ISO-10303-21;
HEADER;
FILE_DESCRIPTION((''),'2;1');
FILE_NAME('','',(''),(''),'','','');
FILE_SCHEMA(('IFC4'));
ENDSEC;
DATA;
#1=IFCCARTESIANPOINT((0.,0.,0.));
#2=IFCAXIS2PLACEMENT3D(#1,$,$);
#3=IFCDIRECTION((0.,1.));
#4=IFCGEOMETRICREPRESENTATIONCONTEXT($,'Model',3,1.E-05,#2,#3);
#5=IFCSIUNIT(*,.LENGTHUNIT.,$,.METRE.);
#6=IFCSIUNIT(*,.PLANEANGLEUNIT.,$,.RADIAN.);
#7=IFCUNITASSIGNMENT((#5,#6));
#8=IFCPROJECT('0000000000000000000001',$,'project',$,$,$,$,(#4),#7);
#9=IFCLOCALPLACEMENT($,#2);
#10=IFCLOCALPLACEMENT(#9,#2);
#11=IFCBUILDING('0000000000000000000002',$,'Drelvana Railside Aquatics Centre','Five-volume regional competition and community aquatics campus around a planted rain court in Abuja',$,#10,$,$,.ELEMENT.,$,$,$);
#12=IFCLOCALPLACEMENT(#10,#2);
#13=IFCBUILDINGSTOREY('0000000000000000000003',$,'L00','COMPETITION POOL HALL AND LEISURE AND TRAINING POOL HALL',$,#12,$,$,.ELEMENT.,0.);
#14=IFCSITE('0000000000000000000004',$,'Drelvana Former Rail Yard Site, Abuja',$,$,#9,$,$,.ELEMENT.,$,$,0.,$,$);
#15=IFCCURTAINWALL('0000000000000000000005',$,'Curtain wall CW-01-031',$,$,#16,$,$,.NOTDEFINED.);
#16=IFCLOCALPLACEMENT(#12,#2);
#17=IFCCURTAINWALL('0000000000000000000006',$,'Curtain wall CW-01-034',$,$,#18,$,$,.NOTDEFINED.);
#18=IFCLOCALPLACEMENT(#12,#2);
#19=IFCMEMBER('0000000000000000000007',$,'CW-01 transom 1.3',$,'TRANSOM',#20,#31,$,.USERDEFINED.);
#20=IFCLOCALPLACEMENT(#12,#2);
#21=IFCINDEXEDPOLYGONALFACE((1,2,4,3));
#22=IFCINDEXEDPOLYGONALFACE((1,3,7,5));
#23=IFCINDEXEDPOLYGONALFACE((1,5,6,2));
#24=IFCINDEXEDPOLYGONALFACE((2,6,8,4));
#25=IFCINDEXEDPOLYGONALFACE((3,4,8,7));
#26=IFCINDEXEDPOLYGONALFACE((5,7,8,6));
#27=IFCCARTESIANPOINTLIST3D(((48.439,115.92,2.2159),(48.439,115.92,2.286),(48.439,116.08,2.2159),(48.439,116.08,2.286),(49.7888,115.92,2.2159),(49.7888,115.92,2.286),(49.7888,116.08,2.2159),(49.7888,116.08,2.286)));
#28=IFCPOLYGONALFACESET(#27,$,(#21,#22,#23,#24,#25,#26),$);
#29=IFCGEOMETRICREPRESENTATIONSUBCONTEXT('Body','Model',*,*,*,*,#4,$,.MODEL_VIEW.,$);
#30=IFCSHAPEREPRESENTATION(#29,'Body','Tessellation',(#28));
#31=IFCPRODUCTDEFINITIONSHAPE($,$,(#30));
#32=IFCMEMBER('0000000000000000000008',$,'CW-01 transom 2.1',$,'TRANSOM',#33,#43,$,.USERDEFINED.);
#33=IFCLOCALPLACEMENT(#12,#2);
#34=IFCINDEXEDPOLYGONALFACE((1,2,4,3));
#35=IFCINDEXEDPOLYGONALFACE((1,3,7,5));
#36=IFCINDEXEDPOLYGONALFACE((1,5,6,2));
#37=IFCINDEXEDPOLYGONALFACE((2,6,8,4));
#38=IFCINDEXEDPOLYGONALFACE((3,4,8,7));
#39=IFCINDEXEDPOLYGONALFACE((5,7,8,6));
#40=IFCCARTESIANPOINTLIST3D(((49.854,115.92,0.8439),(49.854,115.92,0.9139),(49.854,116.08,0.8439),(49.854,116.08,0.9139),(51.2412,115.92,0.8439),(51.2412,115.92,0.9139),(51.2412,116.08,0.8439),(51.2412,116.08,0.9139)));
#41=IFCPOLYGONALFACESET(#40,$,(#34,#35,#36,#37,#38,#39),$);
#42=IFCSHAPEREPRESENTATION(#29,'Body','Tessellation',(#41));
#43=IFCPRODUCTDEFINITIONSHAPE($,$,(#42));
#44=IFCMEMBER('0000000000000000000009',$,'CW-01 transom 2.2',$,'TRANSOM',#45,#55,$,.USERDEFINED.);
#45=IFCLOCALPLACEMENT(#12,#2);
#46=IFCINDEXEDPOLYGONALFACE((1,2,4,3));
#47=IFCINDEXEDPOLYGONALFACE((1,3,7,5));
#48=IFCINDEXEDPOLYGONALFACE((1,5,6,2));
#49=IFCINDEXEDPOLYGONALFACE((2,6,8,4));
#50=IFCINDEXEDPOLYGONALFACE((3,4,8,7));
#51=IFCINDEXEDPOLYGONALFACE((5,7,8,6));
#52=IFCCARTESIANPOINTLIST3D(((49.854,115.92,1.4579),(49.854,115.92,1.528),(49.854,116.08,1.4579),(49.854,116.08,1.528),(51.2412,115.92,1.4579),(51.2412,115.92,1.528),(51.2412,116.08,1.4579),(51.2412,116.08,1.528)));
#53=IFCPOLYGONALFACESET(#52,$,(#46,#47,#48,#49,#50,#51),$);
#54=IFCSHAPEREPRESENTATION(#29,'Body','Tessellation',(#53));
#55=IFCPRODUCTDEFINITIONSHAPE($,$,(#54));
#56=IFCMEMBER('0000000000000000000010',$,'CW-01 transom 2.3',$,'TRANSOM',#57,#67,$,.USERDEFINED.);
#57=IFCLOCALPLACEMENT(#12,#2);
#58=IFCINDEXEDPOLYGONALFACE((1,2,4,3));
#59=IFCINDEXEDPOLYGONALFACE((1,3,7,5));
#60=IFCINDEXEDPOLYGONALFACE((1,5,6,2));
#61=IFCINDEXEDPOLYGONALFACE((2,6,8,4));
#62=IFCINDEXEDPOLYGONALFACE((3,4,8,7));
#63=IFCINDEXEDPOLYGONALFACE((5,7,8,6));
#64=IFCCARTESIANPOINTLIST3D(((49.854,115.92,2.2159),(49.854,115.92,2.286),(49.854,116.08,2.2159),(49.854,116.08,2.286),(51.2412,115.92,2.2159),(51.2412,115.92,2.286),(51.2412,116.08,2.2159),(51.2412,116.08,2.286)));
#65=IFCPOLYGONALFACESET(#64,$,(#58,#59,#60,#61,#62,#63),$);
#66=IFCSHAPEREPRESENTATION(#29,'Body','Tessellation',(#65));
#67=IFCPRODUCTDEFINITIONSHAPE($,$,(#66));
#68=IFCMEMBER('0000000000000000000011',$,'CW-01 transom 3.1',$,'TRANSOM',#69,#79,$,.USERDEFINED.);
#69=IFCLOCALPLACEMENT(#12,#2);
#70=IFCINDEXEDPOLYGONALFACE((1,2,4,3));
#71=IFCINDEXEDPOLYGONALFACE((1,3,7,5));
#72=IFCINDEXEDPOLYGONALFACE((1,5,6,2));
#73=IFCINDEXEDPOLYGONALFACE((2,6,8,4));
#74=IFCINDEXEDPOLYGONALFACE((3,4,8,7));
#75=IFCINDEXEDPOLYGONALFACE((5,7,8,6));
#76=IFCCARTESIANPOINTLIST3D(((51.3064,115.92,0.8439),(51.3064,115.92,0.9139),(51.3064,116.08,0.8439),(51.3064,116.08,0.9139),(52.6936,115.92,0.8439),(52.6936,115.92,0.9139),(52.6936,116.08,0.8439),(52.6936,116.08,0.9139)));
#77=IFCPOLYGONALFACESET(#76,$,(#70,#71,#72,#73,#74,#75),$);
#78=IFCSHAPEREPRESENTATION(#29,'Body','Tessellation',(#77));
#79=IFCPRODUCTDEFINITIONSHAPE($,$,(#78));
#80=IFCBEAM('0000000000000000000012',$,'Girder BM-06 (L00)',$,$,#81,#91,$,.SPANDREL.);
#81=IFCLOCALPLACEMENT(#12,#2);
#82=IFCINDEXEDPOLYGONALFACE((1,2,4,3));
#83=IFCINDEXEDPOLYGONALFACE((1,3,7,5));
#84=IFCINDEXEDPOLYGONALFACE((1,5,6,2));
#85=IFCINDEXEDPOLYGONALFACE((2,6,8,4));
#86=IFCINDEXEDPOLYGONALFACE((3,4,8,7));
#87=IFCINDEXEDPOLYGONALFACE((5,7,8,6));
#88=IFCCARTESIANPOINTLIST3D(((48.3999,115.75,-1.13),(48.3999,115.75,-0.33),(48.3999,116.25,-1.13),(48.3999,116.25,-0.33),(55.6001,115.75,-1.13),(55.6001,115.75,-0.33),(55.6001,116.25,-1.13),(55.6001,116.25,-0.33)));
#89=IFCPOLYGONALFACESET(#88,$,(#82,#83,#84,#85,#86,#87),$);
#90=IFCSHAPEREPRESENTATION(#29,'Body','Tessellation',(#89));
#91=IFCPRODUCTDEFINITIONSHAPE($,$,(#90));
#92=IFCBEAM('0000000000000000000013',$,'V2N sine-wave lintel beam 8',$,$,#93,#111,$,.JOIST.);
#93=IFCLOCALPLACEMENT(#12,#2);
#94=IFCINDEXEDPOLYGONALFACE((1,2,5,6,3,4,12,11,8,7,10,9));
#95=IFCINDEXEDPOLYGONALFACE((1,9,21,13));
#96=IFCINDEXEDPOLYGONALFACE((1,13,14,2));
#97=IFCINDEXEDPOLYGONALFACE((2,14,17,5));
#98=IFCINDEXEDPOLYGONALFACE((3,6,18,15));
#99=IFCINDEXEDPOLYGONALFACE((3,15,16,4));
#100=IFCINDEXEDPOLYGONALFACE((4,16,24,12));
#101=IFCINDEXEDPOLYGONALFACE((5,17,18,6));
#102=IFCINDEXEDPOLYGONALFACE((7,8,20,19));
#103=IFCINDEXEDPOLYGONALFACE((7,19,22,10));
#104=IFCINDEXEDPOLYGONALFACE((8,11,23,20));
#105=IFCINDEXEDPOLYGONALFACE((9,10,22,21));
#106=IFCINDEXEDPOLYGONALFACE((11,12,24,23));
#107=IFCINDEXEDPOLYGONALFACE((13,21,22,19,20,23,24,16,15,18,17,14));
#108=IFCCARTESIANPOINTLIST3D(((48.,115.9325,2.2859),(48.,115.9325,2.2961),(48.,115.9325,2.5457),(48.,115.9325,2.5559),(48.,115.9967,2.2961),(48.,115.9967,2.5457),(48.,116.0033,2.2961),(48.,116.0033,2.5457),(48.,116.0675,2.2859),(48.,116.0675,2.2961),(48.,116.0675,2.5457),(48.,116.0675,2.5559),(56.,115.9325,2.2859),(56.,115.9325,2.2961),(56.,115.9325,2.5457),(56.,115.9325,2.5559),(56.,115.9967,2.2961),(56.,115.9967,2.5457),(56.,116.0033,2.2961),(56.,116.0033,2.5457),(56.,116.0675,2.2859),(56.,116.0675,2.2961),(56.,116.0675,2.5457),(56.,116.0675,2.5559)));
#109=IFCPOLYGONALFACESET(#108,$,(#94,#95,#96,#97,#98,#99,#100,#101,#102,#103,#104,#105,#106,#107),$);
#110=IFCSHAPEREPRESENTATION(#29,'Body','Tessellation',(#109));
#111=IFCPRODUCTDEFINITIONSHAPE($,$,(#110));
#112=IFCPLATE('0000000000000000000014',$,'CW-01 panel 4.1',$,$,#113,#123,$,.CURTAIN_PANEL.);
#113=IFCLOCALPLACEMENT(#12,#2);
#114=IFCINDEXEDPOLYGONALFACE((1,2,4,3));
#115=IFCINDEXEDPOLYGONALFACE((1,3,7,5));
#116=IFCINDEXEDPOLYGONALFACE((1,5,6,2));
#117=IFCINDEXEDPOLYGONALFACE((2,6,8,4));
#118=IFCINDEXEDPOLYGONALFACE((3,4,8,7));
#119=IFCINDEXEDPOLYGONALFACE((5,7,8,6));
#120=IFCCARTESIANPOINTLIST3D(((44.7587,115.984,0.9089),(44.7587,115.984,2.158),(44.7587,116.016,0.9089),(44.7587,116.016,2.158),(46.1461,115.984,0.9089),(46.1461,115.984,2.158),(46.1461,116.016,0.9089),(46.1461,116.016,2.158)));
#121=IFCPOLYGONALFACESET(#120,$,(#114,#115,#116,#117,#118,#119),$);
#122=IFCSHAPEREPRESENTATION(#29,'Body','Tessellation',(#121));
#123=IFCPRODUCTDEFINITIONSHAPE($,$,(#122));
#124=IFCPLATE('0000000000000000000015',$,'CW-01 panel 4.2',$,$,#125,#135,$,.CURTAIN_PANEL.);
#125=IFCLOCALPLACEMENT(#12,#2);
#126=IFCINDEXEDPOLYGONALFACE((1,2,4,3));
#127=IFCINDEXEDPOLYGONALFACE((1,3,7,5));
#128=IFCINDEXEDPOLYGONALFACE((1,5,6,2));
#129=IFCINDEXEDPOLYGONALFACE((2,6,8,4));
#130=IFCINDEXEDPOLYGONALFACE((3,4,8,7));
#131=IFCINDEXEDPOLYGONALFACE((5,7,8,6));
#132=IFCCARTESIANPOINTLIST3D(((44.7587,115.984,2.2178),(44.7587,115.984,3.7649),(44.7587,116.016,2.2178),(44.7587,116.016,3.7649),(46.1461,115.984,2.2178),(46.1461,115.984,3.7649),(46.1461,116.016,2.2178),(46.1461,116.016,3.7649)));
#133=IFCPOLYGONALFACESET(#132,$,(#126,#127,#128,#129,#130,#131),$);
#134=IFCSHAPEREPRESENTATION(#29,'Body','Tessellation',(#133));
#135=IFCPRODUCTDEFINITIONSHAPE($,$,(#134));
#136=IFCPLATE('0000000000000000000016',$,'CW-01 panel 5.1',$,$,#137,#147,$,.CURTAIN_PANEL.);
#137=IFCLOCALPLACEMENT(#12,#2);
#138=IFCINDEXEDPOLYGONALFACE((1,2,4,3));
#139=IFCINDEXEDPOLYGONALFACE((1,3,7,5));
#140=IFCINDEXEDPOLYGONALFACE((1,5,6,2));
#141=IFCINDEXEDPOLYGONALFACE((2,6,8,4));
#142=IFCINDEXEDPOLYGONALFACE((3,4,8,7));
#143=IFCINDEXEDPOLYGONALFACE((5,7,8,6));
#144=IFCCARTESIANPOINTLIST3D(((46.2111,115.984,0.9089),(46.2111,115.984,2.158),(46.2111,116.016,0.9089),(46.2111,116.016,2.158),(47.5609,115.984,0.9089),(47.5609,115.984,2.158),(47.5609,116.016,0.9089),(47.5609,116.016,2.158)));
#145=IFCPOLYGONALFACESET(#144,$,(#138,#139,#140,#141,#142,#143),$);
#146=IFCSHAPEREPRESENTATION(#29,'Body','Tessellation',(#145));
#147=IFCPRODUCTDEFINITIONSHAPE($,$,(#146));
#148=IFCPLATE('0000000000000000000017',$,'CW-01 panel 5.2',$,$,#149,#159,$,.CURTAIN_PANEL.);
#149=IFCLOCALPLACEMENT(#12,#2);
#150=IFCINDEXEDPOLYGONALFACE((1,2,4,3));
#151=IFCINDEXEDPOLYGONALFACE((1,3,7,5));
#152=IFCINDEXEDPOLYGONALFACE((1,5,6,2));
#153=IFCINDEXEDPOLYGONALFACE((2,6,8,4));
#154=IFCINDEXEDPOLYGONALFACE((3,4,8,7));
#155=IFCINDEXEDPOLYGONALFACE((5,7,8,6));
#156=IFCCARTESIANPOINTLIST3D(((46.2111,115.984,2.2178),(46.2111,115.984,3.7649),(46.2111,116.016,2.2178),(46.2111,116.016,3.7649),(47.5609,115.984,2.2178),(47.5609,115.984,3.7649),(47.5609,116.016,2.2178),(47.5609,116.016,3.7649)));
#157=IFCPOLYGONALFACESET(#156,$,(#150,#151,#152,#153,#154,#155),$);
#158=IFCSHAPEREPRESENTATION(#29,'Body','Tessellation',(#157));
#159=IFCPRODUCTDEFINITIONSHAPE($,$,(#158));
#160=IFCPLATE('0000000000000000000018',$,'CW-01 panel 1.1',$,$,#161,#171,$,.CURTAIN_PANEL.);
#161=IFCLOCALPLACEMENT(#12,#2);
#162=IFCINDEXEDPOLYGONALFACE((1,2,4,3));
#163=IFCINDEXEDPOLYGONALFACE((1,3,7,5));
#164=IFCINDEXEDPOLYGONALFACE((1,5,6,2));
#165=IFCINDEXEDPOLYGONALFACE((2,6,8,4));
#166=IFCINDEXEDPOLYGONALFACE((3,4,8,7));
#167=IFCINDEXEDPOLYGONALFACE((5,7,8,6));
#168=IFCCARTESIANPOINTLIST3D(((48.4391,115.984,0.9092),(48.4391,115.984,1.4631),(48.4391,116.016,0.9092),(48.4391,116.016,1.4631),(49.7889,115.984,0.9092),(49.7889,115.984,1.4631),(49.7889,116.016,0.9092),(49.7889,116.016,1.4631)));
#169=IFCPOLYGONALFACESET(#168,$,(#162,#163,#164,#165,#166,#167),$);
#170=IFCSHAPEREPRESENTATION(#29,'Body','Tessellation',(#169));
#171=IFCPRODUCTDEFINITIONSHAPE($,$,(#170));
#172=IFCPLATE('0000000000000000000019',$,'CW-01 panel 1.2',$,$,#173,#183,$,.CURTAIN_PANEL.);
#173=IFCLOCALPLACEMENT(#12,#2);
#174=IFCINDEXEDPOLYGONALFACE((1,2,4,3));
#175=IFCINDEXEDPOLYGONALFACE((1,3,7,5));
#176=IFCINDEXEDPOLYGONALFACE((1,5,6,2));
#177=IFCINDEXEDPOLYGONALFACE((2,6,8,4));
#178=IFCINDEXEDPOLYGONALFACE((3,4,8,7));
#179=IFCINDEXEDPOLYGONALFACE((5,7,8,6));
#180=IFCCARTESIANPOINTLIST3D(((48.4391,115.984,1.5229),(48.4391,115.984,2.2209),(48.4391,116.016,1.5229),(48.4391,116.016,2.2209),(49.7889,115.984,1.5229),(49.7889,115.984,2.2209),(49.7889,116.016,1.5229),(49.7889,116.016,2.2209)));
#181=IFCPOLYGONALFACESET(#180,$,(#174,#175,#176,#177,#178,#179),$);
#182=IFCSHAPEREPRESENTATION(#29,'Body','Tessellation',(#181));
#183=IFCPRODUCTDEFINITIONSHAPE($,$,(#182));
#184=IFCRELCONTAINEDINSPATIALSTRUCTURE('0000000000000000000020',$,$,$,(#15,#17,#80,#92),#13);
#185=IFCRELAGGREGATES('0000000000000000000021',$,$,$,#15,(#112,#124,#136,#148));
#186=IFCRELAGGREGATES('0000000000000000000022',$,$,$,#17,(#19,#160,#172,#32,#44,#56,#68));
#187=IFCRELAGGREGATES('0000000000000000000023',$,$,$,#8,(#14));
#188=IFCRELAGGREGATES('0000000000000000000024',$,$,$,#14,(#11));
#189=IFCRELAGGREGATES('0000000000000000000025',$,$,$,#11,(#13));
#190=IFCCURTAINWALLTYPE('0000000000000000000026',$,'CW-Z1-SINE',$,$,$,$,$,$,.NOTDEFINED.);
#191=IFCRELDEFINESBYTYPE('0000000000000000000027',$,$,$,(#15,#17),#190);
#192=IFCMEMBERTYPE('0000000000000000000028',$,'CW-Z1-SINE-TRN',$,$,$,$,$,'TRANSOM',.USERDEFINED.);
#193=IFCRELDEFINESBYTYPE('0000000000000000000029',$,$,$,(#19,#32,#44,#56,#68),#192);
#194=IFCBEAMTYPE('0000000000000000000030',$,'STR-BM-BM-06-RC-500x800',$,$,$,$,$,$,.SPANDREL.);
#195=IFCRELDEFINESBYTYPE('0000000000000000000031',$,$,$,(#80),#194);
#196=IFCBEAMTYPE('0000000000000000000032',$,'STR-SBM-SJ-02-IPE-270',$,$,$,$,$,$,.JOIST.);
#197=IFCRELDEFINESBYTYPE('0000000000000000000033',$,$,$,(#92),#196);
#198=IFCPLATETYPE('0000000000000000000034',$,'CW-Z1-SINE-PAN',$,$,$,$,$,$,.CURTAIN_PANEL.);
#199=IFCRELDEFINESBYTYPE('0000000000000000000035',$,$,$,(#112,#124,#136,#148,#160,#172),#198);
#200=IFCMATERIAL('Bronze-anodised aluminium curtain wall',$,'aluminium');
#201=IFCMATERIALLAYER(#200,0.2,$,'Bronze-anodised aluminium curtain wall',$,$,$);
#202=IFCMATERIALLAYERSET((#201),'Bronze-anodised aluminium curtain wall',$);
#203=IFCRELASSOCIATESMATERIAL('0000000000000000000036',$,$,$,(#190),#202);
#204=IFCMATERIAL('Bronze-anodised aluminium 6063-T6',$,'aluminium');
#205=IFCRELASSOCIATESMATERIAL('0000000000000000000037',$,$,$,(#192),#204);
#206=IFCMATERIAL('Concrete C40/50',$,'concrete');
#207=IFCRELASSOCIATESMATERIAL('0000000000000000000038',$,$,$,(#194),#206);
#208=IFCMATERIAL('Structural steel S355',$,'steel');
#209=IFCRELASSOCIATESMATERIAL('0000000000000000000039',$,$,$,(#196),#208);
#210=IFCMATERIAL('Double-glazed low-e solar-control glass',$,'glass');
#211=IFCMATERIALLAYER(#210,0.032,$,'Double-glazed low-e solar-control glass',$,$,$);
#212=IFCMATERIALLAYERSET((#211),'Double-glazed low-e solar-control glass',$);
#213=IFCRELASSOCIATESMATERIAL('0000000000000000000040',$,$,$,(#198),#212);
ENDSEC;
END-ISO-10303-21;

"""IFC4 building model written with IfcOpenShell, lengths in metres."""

from ifc_helpers import new_model, si_unit, direction, frame, origin, origin_2d, place, context, subcontext, project, spatial, rectangle, i_section, extrude, material, layer, layer_set, material_profile, profile_set, type_object, element, aggregate, save


model = new_model("IFC4")

# Units and contexts
model_context = context("Model", 3, precision=1e-05, world=origin(), true_north=direction((0.0, 1.0)))
body_context = subcontext(model_context, "Body", "Model", "MODEL_VIEW")
ifc_project = project(units=[si_unit("LENGTHUNIT", "METRE"), si_unit("PLANEANGLEUNIT", "RADIAN")], contexts=[model_context])

# Site, building, storey
site_placement = place(None, origin())
site = spatial("IfcSite", under=ifc_project, at=site_placement, Name="Drelvana Former Rail Yard Site, Abuja", CompositionType="ELEMENT", RefElevation=0.0)
building_placement = place(site_placement, origin())
building = spatial("IfcBuilding", under=site, at=building_placement, Name="Drelvana Railside Aquatics Centre", Description="Five-volume regional competition and community aquatics campus around a planted rain court in Abuja", CompositionType="ELEMENT")
storey_placement = place(building_placement, origin())
storey = spatial("IfcBuildingStorey", under=building, at=storey_placement, Name="L00", Description="COMPETITION POOL HALL AND LEISURE AND TRAINING POOL HALL", CompositionType="ELEMENT", Elevation=0.0)

# Shared definitions
ifc_material_1 = material(Name="Concrete C40/50", Category="concrete")

# Curtain walls
ifc_material_2 = material(Name="Bronze-anodised aluminium curtain wall", Category="aluminium")
ifc_layer_1 = layer(ifc_material_2, 0.2, Name="Bronze-anodised aluminium curtain wall")
ifc_layer_set_1 = layer_set([ifc_layer_1], Name="Bronze-anodised aluminium curtain wall")
curtain_wall_type = type_object("IfcCurtainWallType", Name="CW-Z1-SINE", PredefinedType="NOTDEFINED", material=ifc_layer_set_1)
curtain_wall_1_placement = place(storey_placement, origin())
curtain_wall_1 = element("IfcCurtainWall", 1, at=curtain_wall_1_placement, inside=storey, type_object=curtain_wall_type, Name="Curtain wall CW-01-031", PredefinedType="NOTDEFINED")
ifc_material_3 = material(Name="Bronze-anodised aluminium 6063-T6", Category="aluminium")
curtain_wall_2_placement = place(storey_placement, origin())
curtain_wall_2 = element("IfcCurtainWall", 2, at=curtain_wall_2_placement, inside=storey, type_object=curtain_wall_type, Name="Curtain wall CW-01-034", PredefinedType="NOTDEFINED")

# Members
ifc_material_profile_1 = material_profile(ifc_material_3, rectangle(XDim=0.1599, YDim=0.0701, at=origin_2d()), Name="ALU-T 70x160")
ifc_profile_set_1 = profile_set([ifc_material_profile_1], Name="Bronze-anodised aluminium 6063-T6")
member_type_1 = type_object("IfcMemberType", Name="CW-Z1-SINE-TRN", ElementType="TRANSOM", PredefinedType="USERDEFINED", material=ifc_profile_set_1)
member_1_placement = place(storey_placement, frame((48.439, 116.0, 2.251), z_axis=(1.0, 0.0, 0.0), x_axis=(0.0, 1.0, 0.0)))
member_1 = element("IfcMember", 3, at=member_1_placement, type_object=member_type_1, Name="CW-01 transom 1.3", ObjectType="TRANSOM", PredefinedType="USERDEFINED", context=body_context, shape_type="SweptSolid", body=[
    extrude(rectangle(XDim=0.1599, YDim=0.0701, at=origin_2d()), origin(), (0.0, 0.0, 1.0), 1.3499),
])
member_2_placement = place(storey_placement, frame((49.854, 116.0, 0.8789), z_axis=(1.0, 0.0, 0.0), x_axis=(0.0, 1.0, 0.0)))
member_2 = element("IfcMember", 4, at=member_2_placement, type_object=member_type_1, Name="CW-01 transom 2.1", ObjectType="TRANSOM", PredefinedType="USERDEFINED", context=body_context, shape_type="SweptSolid", body=[
    extrude(rectangle(XDim=0.1599, YDim=0.0701, at=origin_2d()), origin(), (0.0, 0.0, 1.0), 1.3872),
])
member_3_placement = place(storey_placement, frame((49.854, 116.0, 1.4929), z_axis=(1.0, 0.0, 0.0), x_axis=(0.0, 1.0, 0.0)))
member_3 = element("IfcMember", 5, at=member_3_placement, type_object=member_type_1, Name="CW-01 transom 2.2", ObjectType="TRANSOM", PredefinedType="USERDEFINED", context=body_context, shape_type="SweptSolid", body=[
    extrude(rectangle(XDim=0.1599, YDim=0.0701, at=origin_2d()), origin(), (0.0, 0.0, 1.0), 1.3872),
])
member_4_placement = place(storey_placement, frame((49.854, 116.0, 2.251), z_axis=(1.0, 0.0, 0.0), x_axis=(0.0, 1.0, 0.0)))
member_4 = element("IfcMember", 6, at=member_4_placement, type_object=member_type_1, Name="CW-01 transom 2.3", ObjectType="TRANSOM", PredefinedType="USERDEFINED", context=body_context, shape_type="SweptSolid", body=[
    extrude(rectangle(XDim=0.1599, YDim=0.0701, at=origin_2d()), origin(), (0.0, 0.0, 1.0), 1.3872),
])
member_5_placement = place(storey_placement, frame((51.3064, 116.0, 0.8789), z_axis=(1.0, 0.0, 0.0), x_axis=(0.0, 1.0, 0.0)))
member_5 = element("IfcMember", 7, at=member_5_placement, type_object=member_type_1, Name="CW-01 transom 3.1", ObjectType="TRANSOM", PredefinedType="USERDEFINED", context=body_context, shape_type="SweptSolid", body=[
    extrude(rectangle(XDim=0.1599, YDim=0.0701, at=origin_2d()), origin(), (0.0, 0.0, 1.0), 1.3872),
])

# Beams
ifc_material_profile_2 = material_profile(ifc_material_1, rectangle(XDim=0.5, YDim=0.8, at=origin_2d()), Name="RC 500x800")
ifc_profile_set_2 = profile_set([ifc_material_profile_2], Name="Concrete C40/50")
beam_type_1 = type_object("IfcBeamType", Name="STR-BM-BM-06-RC-500x800", PredefinedType="SPANDREL", material=ifc_profile_set_2)
beam_1_placement = place(storey_placement, frame((48.3999, 116.0, -0.73), z_axis=(1.0, 0.0, 0.0), x_axis=(0.0, 1.0, 0.0)))
element("IfcBeam", 8, at=beam_1_placement, inside=storey, type_object=beam_type_1, Name="Girder BM-06 (L00)", PredefinedType="SPANDREL", context=body_context, shape_type="SweptSolid", body=[
    extrude(rectangle(XDim=0.5, YDim=0.8, at=origin_2d()), origin(), (0.0, 0.0, 1.0), 7.2002),
])
ifc_material_4 = material(Name="Structural steel S355", Category="steel")
ifc_material_profile_3 = material_profile(ifc_material_4, i_section(OverallWidth=0.135, OverallDepth=0.27, WebThickness=0.0066, FlangeThickness=0.0103, at=origin_2d()), Name="IPE 270")
ifc_profile_set_3 = profile_set([ifc_material_profile_3], Name="Structural steel S355")
beam_type_2 = type_object("IfcBeamType", Name="STR-SBM-SJ-02-IPE-270", PredefinedType="JOIST", material=ifc_profile_set_3)
beam_2_placement = place(storey_placement, frame((48.0, 116.0, 2.4209), z_axis=(1.0, 0.0, 0.0), x_axis=(0.0, 1.0, 0.0)))
element("IfcBeam", 9, at=beam_2_placement, inside=storey, type_object=beam_type_2, Name="V2N sine-wave lintel beam 8", PredefinedType="JOIST", context=body_context, shape_type="SweptSolid", body=[
    extrude(i_section(OverallWidth=0.135, OverallDepth=0.27, WebThickness=0.0066, FlangeThickness=0.0103, at=origin_2d()), origin(), (0.0, 0.0, 1.0), 8.0),
])

# Plates
ifc_material_5 = material(Name="Double-glazed low-e solar-control glass", Category="glass")
ifc_layer_2 = layer(ifc_material_5, 0.032, Name="Double-glazed low-e solar-control glass")
ifc_layer_set_2 = layer_set([ifc_layer_2], Name="Double-glazed low-e solar-control glass")
plate_type = type_object("IfcPlateType", Name="CW-Z1-SINE-PAN", PredefinedType="CURTAIN_PANEL", material=ifc_layer_set_2)
plate_1_placement = place(storey_placement, frame((45.4524, 116.0, 0.9089), z_axis=(0.0, 0.0, 1.0), x_axis=(1.0, 0.0, 0.0)))
plate_1 = element("IfcPlate", 10, at=plate_1_placement, type_object=plate_type, Name="CW-01 panel 4.1", PredefinedType="CURTAIN_PANEL", context=body_context, shape_type="SweptSolid", body=[
    extrude(rectangle(XDim=1.3875, YDim=0.032, at=origin_2d()), origin(), (0.0, 0.0, 1.0), 1.249),
])
plate_2_placement = place(storey_placement, frame((45.4524, 116.0, 2.2178), z_axis=(0.0, 0.0, 1.0), x_axis=(1.0, 0.0, 0.0)))
plate_2 = element("IfcPlate", 11, at=plate_2_placement, type_object=plate_type, Name="CW-01 panel 4.2", PredefinedType="CURTAIN_PANEL", context=body_context, shape_type="SweptSolid", body=[
    extrude(rectangle(XDim=1.3875, YDim=0.032, at=origin_2d()), origin(), (0.0, 0.0, 1.0), 1.5471),
])
plate_3_placement = place(storey_placement, frame((46.886, 116.0, 0.9089), z_axis=(0.0, 0.0, 1.0), x_axis=(1.0, 0.0, 0.0)))
plate_3 = element("IfcPlate", 12, at=plate_3_placement, type_object=plate_type, Name="CW-01 panel 5.1", PredefinedType="CURTAIN_PANEL", context=body_context, shape_type="SweptSolid", body=[
    extrude(rectangle(XDim=1.3499, YDim=0.032, at=origin_2d()), origin(), (0.0, 0.0, 1.0), 1.249),
])
plate_4_placement = place(storey_placement, frame((46.886, 116.0, 2.2178), z_axis=(0.0, 0.0, 1.0), x_axis=(1.0, 0.0, 0.0)))
plate_4 = element("IfcPlate", 13, at=plate_4_placement, type_object=plate_type, Name="CW-01 panel 5.2", PredefinedType="CURTAIN_PANEL", context=body_context, shape_type="SweptSolid", body=[
    extrude(rectangle(XDim=1.3499, YDim=0.032, at=origin_2d()), origin(), (0.0, 0.0, 1.0), 1.5471),
])
aggregate(curtain_wall_1, [plate_1, plate_2, plate_3, plate_4])
plate_5_placement = place(storey_placement, frame((49.114, 116.0, 0.9092), z_axis=(0.0, 0.0, 1.0), x_axis=(1.0, 0.0, 0.0)))
plate_5 = element("IfcPlate", 14, at=plate_5_placement, type_object=plate_type, Name="CW-01 panel 1.1", PredefinedType="CURTAIN_PANEL", context=body_context, shape_type="SweptSolid", body=[
    extrude(rectangle(XDim=1.3499, YDim=0.032, at=origin_2d()), origin(), (0.0, 0.0, 1.0), 0.554),
])
plate_6_placement = place(storey_placement, frame((49.114, 116.0, 1.5229), z_axis=(0.0, 0.0, 1.0), x_axis=(1.0, 0.0, 0.0)))
plate_6 = element("IfcPlate", 15, at=plate_6_placement, type_object=plate_type, Name="CW-01 panel 1.2", PredefinedType="CURTAIN_PANEL", context=body_context, shape_type="SweptSolid", body=[
    extrude(rectangle(XDim=1.3499, YDim=0.032, at=origin_2d()), origin(), (0.0, 0.0, 1.0), 0.698),
])
aggregate(curtain_wall_2, [member_1, plate_5, plate_6, member_2, member_3, member_4, member_5])

save(model, "model.ifc")
